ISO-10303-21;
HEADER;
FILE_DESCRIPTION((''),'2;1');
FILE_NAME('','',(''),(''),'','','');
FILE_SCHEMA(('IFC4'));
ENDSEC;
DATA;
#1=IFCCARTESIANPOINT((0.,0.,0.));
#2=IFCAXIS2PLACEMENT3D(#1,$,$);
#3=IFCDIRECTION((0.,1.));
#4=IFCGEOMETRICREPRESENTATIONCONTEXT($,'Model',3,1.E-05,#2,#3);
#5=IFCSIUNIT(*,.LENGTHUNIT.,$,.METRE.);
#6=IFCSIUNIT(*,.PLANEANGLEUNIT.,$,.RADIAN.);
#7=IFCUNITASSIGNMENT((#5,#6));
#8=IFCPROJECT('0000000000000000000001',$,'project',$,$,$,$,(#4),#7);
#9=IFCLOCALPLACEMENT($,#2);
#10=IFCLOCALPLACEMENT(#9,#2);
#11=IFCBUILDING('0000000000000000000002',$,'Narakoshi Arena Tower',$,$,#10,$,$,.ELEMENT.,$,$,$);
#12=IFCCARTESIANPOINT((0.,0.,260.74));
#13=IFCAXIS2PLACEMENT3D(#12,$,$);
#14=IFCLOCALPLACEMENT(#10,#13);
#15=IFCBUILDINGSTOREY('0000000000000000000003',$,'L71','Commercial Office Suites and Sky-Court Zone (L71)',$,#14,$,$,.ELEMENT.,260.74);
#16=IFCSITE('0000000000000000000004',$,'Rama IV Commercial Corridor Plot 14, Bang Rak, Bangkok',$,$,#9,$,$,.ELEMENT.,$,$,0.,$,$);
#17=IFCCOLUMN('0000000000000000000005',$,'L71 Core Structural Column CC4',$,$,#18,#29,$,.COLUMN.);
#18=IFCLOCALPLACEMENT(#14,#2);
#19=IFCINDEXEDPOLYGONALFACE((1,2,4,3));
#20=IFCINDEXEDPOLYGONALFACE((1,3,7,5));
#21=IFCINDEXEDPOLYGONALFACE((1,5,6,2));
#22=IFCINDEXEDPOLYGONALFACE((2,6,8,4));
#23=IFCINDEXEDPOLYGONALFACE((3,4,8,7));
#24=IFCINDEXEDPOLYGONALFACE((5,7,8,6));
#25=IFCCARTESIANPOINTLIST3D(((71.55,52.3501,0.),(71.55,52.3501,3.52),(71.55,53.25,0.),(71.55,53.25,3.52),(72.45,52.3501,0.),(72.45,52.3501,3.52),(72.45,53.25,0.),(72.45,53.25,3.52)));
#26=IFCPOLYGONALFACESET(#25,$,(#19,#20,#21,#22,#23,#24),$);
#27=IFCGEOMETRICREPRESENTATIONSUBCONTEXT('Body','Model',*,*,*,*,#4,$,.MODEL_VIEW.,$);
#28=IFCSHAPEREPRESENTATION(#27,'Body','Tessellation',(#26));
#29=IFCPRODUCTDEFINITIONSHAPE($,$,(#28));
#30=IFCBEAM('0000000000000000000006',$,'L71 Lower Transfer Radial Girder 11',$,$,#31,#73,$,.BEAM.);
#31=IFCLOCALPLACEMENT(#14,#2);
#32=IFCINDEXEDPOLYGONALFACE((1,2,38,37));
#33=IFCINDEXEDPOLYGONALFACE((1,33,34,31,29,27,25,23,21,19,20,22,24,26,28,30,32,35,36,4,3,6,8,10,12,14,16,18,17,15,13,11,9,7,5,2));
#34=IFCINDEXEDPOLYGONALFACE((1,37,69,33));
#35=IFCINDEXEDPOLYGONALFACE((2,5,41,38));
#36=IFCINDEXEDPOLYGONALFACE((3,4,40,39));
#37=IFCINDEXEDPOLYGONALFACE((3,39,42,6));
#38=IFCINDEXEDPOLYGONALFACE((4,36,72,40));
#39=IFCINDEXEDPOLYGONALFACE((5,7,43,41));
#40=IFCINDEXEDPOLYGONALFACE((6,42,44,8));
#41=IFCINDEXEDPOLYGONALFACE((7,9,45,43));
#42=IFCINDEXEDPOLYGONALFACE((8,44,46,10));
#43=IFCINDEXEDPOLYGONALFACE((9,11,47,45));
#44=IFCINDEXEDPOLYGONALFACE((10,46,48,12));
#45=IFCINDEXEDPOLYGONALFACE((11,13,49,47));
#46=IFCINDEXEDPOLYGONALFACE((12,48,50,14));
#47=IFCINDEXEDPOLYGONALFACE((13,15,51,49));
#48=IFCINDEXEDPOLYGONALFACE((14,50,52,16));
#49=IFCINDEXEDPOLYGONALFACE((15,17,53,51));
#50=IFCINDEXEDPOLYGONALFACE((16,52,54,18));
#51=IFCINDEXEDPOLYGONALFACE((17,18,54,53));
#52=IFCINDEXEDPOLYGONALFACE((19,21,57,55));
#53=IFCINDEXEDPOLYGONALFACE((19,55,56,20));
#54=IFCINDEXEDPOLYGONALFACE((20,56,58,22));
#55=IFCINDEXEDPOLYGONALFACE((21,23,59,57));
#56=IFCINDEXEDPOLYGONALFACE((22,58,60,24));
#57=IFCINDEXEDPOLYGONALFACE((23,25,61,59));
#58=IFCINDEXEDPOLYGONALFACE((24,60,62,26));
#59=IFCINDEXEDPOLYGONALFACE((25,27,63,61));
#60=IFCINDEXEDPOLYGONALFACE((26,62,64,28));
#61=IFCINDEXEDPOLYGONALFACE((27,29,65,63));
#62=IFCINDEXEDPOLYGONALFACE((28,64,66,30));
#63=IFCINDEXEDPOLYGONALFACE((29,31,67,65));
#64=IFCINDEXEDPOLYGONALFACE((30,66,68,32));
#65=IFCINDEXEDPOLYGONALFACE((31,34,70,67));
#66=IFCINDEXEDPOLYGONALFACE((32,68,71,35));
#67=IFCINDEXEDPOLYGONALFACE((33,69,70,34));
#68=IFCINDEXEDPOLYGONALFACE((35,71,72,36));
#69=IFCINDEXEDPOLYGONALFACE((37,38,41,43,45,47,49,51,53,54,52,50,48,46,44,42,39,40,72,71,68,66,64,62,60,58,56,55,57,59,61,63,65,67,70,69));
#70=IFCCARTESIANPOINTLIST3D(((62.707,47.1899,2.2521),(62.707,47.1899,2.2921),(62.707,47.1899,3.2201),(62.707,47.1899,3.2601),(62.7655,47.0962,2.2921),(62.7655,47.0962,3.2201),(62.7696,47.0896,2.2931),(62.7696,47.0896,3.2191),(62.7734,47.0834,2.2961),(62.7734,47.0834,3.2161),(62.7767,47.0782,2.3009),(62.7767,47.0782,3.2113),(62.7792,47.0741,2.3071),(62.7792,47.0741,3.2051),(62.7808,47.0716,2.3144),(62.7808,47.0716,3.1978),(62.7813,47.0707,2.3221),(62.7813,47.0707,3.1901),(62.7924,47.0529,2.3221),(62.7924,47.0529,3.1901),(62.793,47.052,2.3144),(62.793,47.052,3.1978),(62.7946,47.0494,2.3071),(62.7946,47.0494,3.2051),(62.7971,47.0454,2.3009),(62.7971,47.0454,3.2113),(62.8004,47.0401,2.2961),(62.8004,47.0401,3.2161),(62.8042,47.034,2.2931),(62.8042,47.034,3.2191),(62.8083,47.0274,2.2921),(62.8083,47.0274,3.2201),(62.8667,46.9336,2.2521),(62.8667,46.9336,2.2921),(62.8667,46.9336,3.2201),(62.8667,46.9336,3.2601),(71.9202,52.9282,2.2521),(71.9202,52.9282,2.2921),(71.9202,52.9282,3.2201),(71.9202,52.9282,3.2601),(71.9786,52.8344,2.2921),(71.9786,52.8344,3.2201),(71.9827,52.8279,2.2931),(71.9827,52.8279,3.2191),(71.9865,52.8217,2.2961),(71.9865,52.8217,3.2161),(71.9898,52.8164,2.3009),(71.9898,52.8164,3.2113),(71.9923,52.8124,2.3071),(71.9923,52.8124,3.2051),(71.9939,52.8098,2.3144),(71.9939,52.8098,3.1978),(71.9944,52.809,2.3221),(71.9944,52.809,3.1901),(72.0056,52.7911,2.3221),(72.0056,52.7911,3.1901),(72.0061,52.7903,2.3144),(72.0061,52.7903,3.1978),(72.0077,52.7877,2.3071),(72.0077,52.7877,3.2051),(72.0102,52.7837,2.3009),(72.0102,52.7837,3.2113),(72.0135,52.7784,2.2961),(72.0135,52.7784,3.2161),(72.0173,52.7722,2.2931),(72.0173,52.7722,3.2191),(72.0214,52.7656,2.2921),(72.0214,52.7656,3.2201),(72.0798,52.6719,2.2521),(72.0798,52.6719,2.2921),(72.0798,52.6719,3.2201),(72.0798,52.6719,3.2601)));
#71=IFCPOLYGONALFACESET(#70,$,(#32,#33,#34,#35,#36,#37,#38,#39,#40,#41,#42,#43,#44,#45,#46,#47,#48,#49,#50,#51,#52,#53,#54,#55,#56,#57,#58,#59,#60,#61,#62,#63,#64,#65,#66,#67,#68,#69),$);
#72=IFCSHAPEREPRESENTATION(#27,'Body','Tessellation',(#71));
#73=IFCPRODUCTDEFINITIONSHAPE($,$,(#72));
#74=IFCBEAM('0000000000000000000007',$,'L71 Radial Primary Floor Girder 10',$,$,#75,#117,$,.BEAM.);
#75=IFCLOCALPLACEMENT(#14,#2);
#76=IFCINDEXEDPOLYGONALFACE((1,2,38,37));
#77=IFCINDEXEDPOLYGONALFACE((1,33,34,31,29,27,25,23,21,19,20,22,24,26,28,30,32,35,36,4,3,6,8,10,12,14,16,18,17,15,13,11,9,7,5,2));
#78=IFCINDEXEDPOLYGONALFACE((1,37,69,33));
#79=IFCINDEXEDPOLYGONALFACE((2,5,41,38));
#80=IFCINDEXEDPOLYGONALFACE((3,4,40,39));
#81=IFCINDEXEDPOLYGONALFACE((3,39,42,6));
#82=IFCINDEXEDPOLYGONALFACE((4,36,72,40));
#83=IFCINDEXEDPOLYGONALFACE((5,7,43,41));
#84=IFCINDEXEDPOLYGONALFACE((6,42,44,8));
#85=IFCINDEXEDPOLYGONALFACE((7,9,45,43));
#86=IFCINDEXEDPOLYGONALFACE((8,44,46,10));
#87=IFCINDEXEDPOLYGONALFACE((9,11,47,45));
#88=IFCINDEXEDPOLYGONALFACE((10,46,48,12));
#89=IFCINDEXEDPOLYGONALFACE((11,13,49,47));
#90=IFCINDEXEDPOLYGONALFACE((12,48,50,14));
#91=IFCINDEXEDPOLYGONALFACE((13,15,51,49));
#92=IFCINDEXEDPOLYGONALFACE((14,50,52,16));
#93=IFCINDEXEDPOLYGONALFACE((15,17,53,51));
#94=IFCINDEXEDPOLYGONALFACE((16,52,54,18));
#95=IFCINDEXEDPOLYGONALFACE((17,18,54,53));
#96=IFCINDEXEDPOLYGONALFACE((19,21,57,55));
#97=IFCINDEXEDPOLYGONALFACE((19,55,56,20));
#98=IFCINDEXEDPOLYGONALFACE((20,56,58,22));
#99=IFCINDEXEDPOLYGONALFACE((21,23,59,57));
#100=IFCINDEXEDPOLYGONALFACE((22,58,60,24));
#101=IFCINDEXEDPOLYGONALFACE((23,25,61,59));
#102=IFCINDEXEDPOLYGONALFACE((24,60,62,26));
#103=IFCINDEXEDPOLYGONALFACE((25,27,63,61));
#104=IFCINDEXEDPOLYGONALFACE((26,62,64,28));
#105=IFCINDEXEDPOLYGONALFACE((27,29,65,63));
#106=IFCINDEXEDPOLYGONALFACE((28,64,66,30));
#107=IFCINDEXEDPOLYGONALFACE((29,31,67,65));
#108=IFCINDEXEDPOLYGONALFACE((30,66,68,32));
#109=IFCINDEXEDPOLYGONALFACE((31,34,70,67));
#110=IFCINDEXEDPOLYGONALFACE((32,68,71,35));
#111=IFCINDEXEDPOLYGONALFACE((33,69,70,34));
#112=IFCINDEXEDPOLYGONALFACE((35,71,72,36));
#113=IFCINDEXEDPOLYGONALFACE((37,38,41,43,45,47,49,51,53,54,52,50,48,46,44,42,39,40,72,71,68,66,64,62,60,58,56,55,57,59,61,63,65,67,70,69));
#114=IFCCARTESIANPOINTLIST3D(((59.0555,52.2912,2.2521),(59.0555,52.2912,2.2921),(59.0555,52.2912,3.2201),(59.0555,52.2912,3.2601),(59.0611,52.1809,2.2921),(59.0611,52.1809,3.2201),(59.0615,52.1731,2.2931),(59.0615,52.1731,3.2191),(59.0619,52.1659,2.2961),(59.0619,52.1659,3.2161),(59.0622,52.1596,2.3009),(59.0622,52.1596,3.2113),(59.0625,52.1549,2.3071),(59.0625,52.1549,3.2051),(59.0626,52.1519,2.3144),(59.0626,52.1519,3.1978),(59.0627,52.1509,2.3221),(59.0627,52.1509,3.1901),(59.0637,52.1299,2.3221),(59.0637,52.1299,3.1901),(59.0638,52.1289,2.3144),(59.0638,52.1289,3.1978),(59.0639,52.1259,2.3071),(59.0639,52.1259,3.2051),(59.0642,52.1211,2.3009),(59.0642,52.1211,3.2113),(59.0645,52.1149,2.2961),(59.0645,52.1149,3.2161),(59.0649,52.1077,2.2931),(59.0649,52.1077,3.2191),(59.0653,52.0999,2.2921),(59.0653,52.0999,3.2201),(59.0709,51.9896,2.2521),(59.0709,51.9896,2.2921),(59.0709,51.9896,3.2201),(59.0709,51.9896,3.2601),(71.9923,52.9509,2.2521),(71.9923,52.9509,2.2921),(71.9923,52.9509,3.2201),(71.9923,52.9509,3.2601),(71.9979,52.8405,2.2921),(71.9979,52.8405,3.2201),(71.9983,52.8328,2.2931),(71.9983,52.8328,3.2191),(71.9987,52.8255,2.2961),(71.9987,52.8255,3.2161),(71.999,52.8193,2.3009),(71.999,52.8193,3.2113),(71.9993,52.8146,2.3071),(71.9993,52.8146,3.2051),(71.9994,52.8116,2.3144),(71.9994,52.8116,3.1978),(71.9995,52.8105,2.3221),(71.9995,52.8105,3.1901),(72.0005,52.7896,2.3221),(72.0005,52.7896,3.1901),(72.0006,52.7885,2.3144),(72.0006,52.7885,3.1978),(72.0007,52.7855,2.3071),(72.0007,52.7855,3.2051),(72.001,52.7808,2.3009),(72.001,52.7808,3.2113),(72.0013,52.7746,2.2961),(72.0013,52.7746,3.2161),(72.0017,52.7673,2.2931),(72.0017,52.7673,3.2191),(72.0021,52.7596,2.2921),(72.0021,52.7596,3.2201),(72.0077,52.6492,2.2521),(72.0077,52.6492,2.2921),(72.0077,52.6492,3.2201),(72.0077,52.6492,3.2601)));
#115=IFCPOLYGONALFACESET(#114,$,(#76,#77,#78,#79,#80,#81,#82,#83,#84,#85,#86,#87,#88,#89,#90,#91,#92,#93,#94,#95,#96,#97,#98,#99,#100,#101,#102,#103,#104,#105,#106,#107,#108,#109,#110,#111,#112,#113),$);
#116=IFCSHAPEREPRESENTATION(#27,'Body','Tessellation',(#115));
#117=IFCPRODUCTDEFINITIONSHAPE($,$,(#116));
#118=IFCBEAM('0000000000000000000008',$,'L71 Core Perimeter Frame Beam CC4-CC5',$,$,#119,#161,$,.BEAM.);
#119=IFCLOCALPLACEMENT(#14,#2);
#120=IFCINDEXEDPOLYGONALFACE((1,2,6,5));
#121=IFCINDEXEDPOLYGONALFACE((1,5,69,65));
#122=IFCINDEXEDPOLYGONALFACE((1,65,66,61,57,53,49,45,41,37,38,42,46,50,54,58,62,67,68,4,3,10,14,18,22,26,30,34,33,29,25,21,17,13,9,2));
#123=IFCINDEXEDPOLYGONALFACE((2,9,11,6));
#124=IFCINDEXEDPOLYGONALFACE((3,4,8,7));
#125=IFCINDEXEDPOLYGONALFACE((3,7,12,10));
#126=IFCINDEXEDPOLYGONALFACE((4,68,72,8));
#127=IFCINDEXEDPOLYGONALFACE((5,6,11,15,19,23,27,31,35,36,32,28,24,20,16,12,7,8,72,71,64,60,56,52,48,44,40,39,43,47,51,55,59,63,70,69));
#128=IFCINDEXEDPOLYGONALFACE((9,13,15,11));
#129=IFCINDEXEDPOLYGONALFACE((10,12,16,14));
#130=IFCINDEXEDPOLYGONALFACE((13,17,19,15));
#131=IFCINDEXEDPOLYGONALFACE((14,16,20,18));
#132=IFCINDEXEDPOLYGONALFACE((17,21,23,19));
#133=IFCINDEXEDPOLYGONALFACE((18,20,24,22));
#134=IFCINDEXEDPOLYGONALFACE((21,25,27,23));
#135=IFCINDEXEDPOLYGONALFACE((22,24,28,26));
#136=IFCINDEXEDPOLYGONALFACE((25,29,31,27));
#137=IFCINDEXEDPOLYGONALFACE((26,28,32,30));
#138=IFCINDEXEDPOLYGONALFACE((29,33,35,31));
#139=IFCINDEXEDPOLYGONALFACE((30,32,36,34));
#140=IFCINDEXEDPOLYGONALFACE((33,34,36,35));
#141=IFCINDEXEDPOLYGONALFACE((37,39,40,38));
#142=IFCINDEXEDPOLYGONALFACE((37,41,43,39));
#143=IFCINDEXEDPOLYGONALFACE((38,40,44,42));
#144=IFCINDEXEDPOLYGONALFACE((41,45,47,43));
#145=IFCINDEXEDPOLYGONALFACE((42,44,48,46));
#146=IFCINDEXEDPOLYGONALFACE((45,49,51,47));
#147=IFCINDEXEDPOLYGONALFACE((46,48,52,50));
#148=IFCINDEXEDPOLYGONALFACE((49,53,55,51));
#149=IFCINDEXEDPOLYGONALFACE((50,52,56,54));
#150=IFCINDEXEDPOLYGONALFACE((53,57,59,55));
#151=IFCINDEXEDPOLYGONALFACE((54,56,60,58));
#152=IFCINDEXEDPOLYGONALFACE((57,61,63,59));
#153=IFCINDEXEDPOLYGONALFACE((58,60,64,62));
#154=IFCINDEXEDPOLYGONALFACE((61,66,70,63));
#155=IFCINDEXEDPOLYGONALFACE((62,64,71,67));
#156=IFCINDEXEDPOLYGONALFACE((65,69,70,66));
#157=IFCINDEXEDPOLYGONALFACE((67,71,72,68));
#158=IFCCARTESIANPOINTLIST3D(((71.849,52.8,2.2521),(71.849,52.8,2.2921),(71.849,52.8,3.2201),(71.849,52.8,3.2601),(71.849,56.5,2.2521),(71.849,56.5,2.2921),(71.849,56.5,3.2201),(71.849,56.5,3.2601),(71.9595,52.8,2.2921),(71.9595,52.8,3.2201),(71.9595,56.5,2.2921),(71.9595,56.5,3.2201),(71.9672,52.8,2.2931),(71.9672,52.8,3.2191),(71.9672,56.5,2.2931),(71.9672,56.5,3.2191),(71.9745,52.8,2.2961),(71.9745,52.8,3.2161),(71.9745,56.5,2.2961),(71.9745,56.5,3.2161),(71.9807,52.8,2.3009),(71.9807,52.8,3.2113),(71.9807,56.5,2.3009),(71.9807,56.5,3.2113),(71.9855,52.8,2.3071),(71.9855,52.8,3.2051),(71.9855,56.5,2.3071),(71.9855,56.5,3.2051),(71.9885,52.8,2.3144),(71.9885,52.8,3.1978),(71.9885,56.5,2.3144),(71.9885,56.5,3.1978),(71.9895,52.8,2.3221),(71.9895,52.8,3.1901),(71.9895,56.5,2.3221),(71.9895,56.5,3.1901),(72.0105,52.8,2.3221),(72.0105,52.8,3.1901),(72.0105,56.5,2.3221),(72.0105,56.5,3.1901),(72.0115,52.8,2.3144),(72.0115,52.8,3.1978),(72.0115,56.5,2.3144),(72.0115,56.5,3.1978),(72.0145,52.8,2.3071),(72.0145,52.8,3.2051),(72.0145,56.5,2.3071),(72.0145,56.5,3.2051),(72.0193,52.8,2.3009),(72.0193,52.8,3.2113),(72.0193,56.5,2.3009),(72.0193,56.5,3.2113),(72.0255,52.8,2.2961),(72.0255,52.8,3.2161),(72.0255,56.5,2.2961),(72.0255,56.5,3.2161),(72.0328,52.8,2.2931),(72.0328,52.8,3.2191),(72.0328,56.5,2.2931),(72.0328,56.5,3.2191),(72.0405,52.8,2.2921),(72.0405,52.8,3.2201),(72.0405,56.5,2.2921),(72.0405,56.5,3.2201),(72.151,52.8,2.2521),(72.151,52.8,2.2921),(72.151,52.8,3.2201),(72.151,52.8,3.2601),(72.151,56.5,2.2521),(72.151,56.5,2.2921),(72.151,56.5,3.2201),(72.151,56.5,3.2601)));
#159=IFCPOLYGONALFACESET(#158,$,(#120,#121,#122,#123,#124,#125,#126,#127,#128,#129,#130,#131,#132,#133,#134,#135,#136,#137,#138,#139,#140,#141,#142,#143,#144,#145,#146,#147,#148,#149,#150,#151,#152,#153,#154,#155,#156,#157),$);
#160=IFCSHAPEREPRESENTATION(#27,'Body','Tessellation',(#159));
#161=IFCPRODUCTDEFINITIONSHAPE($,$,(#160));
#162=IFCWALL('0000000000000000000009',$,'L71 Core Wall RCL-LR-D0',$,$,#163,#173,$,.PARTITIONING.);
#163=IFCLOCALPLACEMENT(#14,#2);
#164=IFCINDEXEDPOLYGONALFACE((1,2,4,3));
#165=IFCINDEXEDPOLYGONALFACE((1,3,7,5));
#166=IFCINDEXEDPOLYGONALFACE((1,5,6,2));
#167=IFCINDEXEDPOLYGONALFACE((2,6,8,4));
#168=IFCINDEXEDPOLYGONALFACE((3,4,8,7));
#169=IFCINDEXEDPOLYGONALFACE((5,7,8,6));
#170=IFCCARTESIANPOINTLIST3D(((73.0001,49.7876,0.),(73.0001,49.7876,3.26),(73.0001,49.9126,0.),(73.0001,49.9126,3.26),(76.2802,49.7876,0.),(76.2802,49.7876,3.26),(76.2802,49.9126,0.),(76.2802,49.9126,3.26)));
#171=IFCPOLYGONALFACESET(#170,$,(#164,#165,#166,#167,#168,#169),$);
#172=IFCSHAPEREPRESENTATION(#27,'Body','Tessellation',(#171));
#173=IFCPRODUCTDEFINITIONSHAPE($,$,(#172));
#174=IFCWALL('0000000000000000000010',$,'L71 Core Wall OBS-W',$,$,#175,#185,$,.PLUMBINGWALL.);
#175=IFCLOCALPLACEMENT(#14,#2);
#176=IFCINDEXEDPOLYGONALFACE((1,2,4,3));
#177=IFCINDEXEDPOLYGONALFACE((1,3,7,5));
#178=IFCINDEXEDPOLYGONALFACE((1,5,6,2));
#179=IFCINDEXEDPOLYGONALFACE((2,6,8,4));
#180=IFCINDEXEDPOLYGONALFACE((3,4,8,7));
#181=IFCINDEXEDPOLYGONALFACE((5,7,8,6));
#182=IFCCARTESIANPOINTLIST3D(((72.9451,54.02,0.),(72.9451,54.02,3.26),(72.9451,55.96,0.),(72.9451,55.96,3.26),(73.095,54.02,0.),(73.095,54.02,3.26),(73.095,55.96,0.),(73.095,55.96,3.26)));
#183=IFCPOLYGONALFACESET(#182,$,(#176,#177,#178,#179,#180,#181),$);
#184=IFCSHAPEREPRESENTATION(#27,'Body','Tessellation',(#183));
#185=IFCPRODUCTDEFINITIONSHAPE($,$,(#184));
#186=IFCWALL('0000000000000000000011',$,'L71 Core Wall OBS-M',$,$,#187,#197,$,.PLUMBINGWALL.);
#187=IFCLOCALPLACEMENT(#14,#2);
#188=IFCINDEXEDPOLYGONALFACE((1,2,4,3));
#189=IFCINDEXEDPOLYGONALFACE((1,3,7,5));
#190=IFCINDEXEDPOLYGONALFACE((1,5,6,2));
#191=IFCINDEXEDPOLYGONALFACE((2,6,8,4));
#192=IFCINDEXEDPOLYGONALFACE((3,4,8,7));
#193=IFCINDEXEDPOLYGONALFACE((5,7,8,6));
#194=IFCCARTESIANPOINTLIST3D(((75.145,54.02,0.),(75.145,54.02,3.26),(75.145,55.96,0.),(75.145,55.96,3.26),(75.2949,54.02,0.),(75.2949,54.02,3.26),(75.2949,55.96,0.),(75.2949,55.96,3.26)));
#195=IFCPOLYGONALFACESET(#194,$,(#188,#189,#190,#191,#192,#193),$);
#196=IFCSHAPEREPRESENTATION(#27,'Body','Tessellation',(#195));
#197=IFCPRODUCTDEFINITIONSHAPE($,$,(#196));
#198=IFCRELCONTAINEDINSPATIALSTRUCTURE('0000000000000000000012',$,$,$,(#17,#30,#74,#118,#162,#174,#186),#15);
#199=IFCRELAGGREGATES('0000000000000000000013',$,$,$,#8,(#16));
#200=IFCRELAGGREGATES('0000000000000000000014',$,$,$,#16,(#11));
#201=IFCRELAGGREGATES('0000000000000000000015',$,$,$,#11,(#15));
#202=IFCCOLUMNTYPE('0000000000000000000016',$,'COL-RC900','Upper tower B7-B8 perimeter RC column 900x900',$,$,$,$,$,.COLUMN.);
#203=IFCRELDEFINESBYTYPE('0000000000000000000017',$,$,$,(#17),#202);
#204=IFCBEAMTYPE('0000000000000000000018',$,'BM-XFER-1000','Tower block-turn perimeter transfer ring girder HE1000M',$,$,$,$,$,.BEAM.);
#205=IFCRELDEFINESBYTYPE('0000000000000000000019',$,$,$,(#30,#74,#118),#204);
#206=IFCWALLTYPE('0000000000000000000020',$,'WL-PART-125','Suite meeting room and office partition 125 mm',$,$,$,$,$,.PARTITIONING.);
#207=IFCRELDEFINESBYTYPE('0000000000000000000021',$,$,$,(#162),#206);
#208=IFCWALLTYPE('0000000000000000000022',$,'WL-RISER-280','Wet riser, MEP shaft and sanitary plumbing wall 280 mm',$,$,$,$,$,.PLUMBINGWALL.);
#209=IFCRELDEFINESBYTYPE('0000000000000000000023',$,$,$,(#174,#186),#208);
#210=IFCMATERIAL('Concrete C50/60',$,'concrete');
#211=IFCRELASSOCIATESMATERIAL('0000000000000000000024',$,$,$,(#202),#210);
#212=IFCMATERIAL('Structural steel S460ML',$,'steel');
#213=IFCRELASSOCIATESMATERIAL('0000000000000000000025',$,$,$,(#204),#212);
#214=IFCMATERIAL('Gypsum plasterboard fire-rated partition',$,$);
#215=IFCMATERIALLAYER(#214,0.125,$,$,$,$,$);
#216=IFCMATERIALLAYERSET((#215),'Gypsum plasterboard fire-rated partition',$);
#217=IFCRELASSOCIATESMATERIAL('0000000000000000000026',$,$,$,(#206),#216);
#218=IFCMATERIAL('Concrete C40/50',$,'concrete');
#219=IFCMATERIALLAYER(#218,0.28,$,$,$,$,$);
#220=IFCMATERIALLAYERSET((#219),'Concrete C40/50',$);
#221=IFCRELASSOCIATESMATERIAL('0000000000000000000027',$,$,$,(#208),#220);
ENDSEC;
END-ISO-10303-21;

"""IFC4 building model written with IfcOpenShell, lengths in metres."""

from ifc_helpers import new_model, si_unit, direction, frame, frame_2d, origin, origin_2d, place, context, subcontext, project, spatial, rectangle, i_section, extrude, material, layer, layer_set, material_profile, profile_set, type_object, element, save


model = new_model("IFC4")

# Units and contexts
model_context = context("Model", 3, precision=1e-05, world=origin(), true_north=direction((0.0, 1.0)))
body_context = subcontext(model_context, "Body", "Model", "MODEL_VIEW")
ifc_project = project(units=[si_unit("LENGTHUNIT", "METRE"), si_unit("PLANEANGLEUNIT", "RADIAN")], contexts=[model_context])

# Site, building, storey
site_placement = place(None, origin())
site = spatial("IfcSite", under=ifc_project, at=site_placement, Name="Rama IV Commercial Corridor Plot 14, Bang Rak, Bangkok", CompositionType="ELEMENT", RefElevation=0.0)
building_placement = place(site_placement, origin())
building = spatial("IfcBuilding", under=site, at=building_placement, Name="Narakoshi Arena Tower", CompositionType="ELEMENT")
storey_placement = place(building_placement, frame((0.0, 0.0, 260.74)))
storey = spatial("IfcBuildingStorey", under=building, at=storey_placement, Name="L71", Description="Commercial Office Suites and Sky-Court Zone (L71)", CompositionType="ELEMENT", Elevation=260.74)

# Column
ifc_material_1 = material(Name="Concrete C50/60", Category="concrete")
ifc_material_profile_1 = material_profile(ifc_material_1, rectangle(XDim=0.8999, YDim=0.8999, at=origin_2d()), Name="RC900x900")
ifc_profile_set_1 = profile_set([ifc_material_profile_1], Name="Concrete C50/60")
column_type = type_object("IfcColumnType", Name="COL-RC900", Description="Upper tower B7-B8 perimeter RC column 900x900", PredefinedType="COLUMN", material=ifc_profile_set_1)
column_placement = place(storey_placement, frame((72.0, 52.8, 0.0), z_axis=(0.0, 0.0, 1.0), x_axis=(1.0, 0.0, 0.0)))
element("IfcColumn", 1, at=column_placement, inside=storey, type_object=column_type, Name="L71 Core Structural Column CC4", PredefinedType="COLUMN", context=body_context, shape_type="SweptSolid", body=[
    extrude(rectangle(XDim=0.8999, YDim=0.8999, at=origin_2d()), origin(), (0.0, 0.0, 1.0), 3.52),
])

# Beams
ifc_material_2 = material(Name="Structural steel S460ML", Category="steel")
ifc_material_profile_2 = material_profile(ifc_material_2, i_section(OverallWidth=0.302, OverallDepth=1.0081, WebThickness=0.021, FlangeThickness=0.04, FilletRadius=0.03, at=origin_2d()), Name="HE1000M")
ifc_profile_set_2 = profile_set([ifc_material_profile_2], Name="Structural steel S460ML")
beam_type = type_object("IfcBeamType", Name="BM-XFER-1000", Description="Tower block-turn perimeter transfer ring girder HE1000M", PredefinedType="BEAM", material=ifc_profile_set_2)
beam_1_placement = place(storey_placement, frame((72.0, 52.8, 2.7561), z_axis=(-0.848822, -0.528678, 0.0), x_axis=(0.528678, -0.848822, 0.0)))
element("IfcBeam", 2, at=beam_1_placement, inside=storey, type_object=beam_type, Name="L71 Lower Transfer Radial Girder 11", PredefinedType="BEAM", context=body_context, shape_type="SweptSolid", body=[
    extrude(i_section(OverallWidth=0.302, OverallDepth=1.0081, WebThickness=0.021, FlangeThickness=0.04, FilletRadius=0.03, at=origin_2d()), origin(), (0.0, 0.0, 1.0), 10.854),
])
beam_2_placement = place(storey_placement, frame((72.0, 52.8, 2.7561), z_axis=(-0.998702, -0.050926, 0.0), x_axis=(0.050926, -0.998702, 0.0)))
element("IfcBeam", 3, at=beam_2_placement, inside=storey, type_object=beam_type, Name="L71 Radial Primary Floor Girder 10", PredefinedType="BEAM", context=body_context, shape_type="SweptSolid", body=[
    extrude(i_section(OverallWidth=0.302, OverallDepth=1.0081, WebThickness=0.021, FlangeThickness=0.04, FilletRadius=0.03, at=origin_2d()), origin(), (0.0, 0.0, 1.0), 12.9536),
])
beam_3_placement = place(storey_placement, frame((72.0, 52.8, 2.7561), z_axis=(0.0, 1.0, 0.0), x_axis=(-1.0, 0.0, 0.0)))
element("IfcBeam", 4, at=beam_3_placement, inside=storey, type_object=beam_type, Name="L71 Core Perimeter Frame Beam CC4-CC5", PredefinedType="BEAM", context=body_context, shape_type="SweptSolid", body=[
    extrude(i_section(OverallWidth=0.302, OverallDepth=1.0081, WebThickness=0.021, FlangeThickness=0.04, FilletRadius=0.03, at=origin_2d()), origin(), (0.0, 0.0, 1.0), 3.7),
])

# Walls
ifc_material_3 = material(Name="Gypsum plasterboard fire-rated partition")
ifc_layer_1 = layer(ifc_material_3, 0.125)
ifc_layer_set_1 = layer_set([ifc_layer_1], Name="Gypsum plasterboard fire-rated partition")
wall_type_1 = type_object("IfcWallType", Name="WL-PART-125", Description="Suite meeting room and office partition 125 mm", PredefinedType="PARTITIONING", material=ifc_layer_set_1)
wall_1_placement = place(storey_placement, frame((73.0, 49.8501, 0.0), z_axis=(0.0, 0.0, 1.0), x_axis=(1.0, 0.0, 0.0)))
element("IfcWall", 5, at=wall_1_placement, inside=storey, type_object=wall_type_1, Name="L71 Core Wall RCL-LR-D0", PredefinedType="PARTITIONING", context=body_context, shape_type="SweptSolid", body=[
    extrude(rectangle(XDim=3.28, YDim=0.125, at=frame_2d((1.6401, 0.0))), origin(), (0.0, 0.0, 1.0), 3.26),
])
ifc_material_4 = material(Name="Concrete C40/50", Category="concrete")
ifc_layer_2 = layer(ifc_material_4, 0.28)
ifc_layer_set_2 = layer_set([ifc_layer_2], Name="Concrete C40/50")
wall_type_2 = type_object("IfcWallType", Name="WL-RISER-280", Description="Wet riser, MEP shaft and sanitary plumbing wall 280 mm", PredefinedType="PLUMBINGWALL", material=ifc_layer_set_2)
for number, where, z_axis, x_axis, name in (
    (6, (73.02, 54.02, 0.0), (0.0, 0.0, 1.0), (0.0, 1.0, 0.0), "L71 Core Wall OBS-W"),
    (7, (75.22, 54.02, 0.0), (0.0, 0.0, 1.0), (0.0, 1.0, 0.0), "L71 Core Wall OBS-M"),
):
    element("IfcWall", number, at=place(storey_placement, frame(where, z_axis=z_axis, x_axis=x_axis)), inside=storey, type_object=wall_type_2, Name=name, PredefinedType="PLUMBINGWALL", context=body_context, shape_type="SweptSolid", body=[
        extrude(rectangle(XDim=1.9399, YDim=0.1499, at=frame_2d((0.97, 0.0))), origin(), (0.0, 0.0, 1.0), 3.26),
    ])

save(model, "model.ifc")
